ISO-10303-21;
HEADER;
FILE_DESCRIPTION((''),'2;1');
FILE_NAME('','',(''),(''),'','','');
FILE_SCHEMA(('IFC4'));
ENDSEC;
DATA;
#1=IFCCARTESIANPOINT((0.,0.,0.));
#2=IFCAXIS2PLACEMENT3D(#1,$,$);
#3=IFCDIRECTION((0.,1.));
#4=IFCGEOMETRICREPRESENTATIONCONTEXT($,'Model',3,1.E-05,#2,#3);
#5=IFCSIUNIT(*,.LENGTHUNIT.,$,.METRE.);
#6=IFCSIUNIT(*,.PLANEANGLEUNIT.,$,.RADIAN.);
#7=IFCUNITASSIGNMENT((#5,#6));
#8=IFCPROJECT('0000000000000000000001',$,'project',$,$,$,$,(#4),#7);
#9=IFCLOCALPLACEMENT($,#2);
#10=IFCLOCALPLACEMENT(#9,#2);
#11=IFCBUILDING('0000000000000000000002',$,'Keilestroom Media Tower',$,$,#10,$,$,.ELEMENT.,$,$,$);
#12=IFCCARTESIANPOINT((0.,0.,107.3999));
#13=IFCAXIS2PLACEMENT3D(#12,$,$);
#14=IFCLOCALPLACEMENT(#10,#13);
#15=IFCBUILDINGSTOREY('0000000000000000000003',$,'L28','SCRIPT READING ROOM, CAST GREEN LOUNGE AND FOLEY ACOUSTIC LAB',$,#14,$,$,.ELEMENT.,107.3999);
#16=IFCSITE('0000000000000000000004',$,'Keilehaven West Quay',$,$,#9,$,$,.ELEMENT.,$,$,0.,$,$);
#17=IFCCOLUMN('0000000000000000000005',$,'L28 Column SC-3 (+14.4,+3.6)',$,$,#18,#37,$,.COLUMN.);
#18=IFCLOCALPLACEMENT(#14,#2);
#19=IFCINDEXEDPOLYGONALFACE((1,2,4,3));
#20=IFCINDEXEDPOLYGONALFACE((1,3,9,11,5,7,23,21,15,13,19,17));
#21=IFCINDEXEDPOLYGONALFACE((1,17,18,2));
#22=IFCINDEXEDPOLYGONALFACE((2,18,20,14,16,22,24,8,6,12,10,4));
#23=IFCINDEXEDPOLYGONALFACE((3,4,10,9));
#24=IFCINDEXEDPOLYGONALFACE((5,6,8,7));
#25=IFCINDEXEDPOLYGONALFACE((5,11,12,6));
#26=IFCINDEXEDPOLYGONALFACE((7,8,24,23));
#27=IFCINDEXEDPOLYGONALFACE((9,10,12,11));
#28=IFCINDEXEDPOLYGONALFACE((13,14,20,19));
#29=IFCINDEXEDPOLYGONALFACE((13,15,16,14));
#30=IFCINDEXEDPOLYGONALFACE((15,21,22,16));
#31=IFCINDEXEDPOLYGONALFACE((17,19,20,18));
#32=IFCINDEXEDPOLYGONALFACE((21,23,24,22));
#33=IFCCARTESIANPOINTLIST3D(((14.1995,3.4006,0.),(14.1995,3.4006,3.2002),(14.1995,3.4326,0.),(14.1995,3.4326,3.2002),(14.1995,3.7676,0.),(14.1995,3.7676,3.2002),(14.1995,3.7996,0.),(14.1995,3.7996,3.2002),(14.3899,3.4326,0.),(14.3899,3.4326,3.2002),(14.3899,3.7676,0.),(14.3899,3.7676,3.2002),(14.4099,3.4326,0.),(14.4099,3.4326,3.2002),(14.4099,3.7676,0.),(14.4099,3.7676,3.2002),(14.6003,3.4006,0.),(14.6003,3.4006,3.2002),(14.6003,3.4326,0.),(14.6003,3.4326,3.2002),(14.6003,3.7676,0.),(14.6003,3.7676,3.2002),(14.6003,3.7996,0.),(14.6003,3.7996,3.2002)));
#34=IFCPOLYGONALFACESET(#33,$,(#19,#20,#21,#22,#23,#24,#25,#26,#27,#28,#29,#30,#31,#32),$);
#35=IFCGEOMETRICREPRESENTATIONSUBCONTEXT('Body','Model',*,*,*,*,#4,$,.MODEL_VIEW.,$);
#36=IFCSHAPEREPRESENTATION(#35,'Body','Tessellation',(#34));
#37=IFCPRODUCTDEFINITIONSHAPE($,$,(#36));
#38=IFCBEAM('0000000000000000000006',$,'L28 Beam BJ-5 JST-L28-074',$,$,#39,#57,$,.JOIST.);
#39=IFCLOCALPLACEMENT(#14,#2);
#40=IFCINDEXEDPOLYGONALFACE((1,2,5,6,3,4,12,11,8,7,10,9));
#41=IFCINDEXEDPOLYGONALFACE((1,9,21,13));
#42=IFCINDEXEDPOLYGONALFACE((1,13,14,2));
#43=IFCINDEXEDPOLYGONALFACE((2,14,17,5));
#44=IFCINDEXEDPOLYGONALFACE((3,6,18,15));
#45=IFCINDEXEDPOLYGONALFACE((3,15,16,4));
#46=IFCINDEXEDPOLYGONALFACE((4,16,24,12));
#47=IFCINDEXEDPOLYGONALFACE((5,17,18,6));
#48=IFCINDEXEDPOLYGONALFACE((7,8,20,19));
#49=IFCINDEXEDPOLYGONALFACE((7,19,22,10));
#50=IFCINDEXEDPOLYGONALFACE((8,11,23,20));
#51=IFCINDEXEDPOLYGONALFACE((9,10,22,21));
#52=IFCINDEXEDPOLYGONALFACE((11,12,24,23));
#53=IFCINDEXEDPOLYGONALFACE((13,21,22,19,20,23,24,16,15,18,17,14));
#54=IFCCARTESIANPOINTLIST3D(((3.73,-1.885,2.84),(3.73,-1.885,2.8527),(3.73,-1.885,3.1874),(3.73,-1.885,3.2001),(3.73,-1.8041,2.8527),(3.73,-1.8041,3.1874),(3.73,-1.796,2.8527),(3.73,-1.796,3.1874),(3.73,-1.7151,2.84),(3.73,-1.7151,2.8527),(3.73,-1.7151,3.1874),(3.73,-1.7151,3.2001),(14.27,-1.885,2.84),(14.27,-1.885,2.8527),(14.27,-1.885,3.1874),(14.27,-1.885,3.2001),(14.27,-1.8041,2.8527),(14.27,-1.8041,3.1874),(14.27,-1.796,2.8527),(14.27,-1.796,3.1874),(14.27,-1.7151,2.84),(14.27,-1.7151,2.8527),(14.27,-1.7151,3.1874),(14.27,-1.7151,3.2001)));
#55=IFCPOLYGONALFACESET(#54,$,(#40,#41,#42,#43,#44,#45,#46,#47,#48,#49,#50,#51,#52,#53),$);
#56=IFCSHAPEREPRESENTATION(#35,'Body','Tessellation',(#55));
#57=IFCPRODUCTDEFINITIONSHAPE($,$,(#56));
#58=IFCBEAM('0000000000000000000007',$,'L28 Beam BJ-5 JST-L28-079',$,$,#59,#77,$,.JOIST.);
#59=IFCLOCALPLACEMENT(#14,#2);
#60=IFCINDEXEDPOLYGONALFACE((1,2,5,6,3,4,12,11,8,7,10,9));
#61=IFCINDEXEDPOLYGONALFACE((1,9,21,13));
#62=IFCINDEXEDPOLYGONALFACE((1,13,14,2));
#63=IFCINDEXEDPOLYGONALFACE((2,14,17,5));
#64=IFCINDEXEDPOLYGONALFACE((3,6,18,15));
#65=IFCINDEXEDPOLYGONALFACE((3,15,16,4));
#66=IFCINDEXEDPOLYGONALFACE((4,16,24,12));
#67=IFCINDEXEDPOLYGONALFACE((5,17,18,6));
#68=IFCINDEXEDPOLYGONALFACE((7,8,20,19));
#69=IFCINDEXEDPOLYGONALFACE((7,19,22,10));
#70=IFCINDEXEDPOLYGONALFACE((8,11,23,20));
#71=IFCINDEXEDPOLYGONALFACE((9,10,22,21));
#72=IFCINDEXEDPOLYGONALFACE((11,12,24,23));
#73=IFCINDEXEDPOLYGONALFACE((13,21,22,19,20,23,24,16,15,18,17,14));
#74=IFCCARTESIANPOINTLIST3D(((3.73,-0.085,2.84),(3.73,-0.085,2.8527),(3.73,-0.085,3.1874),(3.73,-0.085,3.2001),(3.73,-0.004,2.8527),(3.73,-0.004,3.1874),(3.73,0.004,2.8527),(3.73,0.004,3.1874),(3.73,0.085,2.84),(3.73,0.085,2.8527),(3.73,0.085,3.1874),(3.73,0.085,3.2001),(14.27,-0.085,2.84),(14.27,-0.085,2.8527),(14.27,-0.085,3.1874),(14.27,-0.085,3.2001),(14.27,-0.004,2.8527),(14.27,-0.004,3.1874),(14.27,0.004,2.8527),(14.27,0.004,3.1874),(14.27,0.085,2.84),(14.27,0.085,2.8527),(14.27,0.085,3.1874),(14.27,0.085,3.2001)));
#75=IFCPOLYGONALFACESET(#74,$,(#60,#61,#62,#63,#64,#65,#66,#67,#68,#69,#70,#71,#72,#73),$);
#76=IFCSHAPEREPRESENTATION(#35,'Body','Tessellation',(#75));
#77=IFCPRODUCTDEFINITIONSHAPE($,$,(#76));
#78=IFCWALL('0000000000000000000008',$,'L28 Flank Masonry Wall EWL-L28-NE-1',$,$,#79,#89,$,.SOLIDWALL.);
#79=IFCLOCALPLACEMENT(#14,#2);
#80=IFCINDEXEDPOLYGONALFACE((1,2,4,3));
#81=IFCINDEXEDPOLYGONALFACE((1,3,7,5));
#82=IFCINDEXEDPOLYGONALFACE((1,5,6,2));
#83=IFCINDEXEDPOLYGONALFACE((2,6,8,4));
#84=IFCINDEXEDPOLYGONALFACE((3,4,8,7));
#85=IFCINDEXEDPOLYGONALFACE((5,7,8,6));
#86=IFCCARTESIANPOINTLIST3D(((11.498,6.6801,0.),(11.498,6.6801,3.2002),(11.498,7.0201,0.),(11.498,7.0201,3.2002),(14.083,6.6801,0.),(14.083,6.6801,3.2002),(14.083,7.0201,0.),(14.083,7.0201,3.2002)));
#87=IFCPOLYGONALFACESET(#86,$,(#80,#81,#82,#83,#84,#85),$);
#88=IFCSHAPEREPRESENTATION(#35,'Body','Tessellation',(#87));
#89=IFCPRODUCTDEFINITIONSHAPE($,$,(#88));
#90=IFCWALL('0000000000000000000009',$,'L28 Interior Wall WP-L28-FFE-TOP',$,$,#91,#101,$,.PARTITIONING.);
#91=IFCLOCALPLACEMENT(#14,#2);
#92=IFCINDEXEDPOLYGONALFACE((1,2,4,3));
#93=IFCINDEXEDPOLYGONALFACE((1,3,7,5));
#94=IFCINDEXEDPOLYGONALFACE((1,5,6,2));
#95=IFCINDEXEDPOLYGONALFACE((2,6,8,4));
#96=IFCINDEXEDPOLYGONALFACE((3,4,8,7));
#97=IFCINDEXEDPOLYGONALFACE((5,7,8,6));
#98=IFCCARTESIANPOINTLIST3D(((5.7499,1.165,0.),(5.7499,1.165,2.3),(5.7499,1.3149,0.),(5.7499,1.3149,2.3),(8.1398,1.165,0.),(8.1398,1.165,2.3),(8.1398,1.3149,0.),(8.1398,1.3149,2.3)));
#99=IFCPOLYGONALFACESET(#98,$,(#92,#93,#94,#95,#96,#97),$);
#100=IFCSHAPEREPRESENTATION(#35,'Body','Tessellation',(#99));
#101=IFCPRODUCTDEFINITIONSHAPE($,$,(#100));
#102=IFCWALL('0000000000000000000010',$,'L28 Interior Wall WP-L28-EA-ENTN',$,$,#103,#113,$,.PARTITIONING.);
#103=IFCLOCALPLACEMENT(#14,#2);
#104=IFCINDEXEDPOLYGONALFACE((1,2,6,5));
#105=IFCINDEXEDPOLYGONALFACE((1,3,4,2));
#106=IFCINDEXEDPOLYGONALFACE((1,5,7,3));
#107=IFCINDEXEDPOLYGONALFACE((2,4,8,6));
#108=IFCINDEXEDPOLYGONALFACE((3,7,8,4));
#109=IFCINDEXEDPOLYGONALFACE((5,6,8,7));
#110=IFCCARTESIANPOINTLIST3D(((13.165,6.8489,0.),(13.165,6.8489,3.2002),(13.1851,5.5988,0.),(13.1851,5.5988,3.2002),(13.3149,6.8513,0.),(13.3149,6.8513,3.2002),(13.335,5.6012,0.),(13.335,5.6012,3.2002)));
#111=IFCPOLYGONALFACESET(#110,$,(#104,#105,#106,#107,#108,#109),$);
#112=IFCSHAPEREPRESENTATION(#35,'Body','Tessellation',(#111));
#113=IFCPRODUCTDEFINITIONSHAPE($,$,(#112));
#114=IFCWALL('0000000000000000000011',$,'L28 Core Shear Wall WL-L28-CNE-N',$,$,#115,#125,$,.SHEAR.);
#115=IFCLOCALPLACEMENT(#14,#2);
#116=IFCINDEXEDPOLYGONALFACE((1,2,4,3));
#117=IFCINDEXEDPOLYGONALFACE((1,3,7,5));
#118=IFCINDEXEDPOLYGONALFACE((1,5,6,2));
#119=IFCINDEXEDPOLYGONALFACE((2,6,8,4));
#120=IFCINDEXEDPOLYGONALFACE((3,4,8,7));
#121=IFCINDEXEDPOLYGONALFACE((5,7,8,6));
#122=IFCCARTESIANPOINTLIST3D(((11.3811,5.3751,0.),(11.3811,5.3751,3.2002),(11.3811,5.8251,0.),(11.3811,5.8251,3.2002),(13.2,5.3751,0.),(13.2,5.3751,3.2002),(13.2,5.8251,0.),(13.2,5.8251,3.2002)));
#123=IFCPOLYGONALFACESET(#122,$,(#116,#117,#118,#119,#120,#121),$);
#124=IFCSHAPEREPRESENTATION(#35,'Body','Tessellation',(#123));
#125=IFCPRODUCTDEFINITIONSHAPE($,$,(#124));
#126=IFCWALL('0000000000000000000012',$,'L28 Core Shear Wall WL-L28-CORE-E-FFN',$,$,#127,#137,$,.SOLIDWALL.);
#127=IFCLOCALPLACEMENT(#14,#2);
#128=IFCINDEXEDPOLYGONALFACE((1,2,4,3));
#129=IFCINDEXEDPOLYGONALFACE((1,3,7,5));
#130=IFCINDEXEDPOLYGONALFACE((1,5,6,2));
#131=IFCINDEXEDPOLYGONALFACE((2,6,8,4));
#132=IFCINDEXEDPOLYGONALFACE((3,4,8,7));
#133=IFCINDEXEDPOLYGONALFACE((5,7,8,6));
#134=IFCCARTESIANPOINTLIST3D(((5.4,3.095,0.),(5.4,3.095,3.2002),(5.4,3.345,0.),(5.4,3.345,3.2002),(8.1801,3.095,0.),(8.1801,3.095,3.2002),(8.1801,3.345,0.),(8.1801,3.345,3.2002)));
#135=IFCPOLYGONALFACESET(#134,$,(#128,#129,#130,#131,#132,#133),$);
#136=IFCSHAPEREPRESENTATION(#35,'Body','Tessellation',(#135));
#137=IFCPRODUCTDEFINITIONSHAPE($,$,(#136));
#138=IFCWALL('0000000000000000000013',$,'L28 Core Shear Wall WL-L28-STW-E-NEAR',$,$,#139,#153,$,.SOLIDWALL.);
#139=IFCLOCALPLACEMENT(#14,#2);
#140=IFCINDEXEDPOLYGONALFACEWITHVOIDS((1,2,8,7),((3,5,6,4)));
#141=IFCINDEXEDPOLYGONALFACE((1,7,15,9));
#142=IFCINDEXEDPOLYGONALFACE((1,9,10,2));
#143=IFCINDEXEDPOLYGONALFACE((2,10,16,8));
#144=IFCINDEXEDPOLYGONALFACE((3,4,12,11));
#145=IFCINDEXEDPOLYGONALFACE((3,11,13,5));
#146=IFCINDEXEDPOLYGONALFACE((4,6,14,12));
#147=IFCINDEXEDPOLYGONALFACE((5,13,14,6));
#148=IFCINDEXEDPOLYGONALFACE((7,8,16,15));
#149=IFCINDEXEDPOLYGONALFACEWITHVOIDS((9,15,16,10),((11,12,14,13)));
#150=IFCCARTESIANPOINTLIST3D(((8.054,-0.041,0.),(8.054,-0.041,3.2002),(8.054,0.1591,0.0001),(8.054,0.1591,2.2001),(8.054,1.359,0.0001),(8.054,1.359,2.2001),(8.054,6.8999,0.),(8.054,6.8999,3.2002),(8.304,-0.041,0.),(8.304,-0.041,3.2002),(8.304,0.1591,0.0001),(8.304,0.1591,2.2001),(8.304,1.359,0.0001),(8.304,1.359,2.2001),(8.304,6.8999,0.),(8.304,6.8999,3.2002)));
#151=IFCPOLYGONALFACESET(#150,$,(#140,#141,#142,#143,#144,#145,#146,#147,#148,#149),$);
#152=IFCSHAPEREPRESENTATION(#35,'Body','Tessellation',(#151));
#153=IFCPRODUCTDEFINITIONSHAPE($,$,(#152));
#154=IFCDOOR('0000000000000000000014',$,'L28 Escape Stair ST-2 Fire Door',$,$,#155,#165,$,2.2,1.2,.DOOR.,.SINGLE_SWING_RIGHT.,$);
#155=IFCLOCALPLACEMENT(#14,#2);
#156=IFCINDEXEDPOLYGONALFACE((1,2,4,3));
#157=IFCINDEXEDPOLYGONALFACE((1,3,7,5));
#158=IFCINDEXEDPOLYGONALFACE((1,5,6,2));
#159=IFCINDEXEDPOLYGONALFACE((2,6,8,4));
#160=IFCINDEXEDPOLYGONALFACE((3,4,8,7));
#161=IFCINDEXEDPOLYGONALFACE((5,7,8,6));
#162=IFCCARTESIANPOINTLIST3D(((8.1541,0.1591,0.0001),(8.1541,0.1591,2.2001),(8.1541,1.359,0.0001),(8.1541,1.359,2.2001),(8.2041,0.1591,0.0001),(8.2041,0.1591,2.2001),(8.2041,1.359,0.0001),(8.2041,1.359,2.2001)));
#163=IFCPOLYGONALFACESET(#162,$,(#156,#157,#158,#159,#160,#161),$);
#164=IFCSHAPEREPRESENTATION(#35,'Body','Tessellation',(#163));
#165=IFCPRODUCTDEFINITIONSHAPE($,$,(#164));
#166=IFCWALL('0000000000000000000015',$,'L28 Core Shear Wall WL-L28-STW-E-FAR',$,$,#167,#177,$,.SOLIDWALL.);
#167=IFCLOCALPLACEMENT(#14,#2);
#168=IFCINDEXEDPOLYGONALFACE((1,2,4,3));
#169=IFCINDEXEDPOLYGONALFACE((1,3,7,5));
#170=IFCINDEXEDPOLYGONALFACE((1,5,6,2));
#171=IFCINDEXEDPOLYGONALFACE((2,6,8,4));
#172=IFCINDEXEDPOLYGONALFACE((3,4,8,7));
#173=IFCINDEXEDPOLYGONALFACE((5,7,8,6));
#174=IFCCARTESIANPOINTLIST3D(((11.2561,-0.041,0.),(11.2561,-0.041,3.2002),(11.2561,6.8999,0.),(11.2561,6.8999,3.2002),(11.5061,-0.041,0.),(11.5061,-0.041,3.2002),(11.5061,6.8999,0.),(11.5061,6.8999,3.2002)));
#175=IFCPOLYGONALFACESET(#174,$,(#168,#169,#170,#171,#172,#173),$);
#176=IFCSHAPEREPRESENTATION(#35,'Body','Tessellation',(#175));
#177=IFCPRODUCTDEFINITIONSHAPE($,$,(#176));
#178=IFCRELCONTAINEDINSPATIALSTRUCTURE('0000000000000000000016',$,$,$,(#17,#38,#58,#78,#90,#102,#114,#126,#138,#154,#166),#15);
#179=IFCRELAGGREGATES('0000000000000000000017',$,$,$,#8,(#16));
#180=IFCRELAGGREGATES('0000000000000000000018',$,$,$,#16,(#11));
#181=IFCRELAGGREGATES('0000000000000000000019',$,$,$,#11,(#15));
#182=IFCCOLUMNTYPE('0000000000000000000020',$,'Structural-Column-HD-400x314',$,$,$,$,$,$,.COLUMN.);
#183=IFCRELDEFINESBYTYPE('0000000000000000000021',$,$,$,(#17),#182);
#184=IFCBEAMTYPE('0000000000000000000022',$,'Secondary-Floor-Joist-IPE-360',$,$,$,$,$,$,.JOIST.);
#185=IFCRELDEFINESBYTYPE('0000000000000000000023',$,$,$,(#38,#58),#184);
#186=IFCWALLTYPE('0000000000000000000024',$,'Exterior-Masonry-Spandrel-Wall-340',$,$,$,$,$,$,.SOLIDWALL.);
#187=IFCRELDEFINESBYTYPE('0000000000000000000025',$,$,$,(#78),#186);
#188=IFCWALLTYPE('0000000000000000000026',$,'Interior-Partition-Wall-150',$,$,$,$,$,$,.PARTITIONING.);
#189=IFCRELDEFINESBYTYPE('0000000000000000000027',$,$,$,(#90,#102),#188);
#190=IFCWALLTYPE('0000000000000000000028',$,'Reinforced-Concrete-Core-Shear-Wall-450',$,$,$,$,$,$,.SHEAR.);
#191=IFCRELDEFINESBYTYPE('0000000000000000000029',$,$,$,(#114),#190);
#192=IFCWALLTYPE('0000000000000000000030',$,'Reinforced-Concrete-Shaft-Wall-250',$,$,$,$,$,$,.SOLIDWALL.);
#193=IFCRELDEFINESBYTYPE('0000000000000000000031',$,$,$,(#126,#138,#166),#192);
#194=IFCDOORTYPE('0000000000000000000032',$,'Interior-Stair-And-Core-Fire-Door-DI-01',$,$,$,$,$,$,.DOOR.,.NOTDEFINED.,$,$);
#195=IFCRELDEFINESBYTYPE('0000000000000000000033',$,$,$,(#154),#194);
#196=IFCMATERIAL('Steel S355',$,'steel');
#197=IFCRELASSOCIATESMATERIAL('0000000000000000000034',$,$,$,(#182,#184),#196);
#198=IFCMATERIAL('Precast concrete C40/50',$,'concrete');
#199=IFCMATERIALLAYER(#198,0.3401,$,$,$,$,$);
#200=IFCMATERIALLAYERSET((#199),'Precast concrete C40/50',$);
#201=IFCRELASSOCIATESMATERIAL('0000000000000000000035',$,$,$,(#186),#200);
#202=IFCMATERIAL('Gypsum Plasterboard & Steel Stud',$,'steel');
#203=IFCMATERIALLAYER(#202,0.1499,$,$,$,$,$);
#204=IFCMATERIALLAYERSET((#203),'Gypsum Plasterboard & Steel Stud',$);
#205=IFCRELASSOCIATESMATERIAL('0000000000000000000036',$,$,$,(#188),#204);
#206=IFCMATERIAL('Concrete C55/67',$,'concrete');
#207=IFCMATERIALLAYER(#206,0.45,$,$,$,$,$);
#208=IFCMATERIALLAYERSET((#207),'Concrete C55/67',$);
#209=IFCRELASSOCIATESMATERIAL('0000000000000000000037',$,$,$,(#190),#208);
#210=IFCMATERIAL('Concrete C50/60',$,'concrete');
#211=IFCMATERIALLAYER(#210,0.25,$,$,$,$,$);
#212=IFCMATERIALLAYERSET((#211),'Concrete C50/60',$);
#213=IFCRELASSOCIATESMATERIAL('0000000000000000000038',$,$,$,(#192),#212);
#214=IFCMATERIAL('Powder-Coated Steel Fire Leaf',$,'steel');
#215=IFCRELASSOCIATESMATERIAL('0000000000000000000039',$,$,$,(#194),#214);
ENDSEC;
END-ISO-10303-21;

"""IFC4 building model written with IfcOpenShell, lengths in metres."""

from ifc_helpers import new_model, si_unit, direction, frame, frame_2d, origin, origin_2d, place, context, subcontext, project, spatial, rectangle, i_section, extrude, source, transform, mapped, material, layer, layer_set, material_profile, profile_set, type_object, element, fill, save


model = new_model("IFC4")

# Units and contexts
model_context = context("Model", 3, precision=1e-05, world=origin(), true_north=direction((0.0, 1.0)))
body_context = subcontext(model_context, "Body", "Model", "MODEL_VIEW")
ifc_project = project(units=[si_unit("LENGTHUNIT", "METRE"), si_unit("PLANEANGLEUNIT", "RADIAN")], contexts=[model_context])

# Site, building, storey
site_placement = place(None, origin())
site = spatial("IfcSite", under=ifc_project, at=site_placement, Name="Keilehaven West Quay", CompositionType="ELEMENT", RefElevation=0.0)
building_placement = place(site_placement, origin())
building = spatial("IfcBuilding", under=site, at=building_placement, Name="Keilestroom Media Tower", CompositionType="ELEMENT")
storey_placement = place(building_placement, frame((0.0, 0.0, 107.3999)))
storey = spatial("IfcBuildingStorey", under=building, at=storey_placement, Name="L28", Description="SCRIPT READING ROOM, CAST GREEN LOUNGE AND FOLEY ACOUSTIC LAB", CompositionType="ELEMENT", Elevation=107.3999)

# Column
ifc_material_1 = material(Name="Steel S355", Category="steel")
ifc_material_profile_1 = material_profile(ifc_material_1, i_section(OverallWidth=0.4009, OverallDepth=0.3989, WebThickness=0.02, FlangeThickness=0.032, at=origin_2d()), Name="HD 400x314")
ifc_profile_set_1 = profile_set([ifc_material_profile_1], Name="Steel S355")
column_type = type_object("IfcColumnType", Name="Structural-Column-HD-400x314", PredefinedType="COLUMN", material=ifc_profile_set_1)
shared_shape_1 = source(origin(), body_context, "Body", "SweptSolid", [
    extrude(i_section(OverallWidth=0.4009, OverallDepth=0.3989, WebThickness=0.02, FlangeThickness=0.032, at=origin_2d()), origin(), (0.0, 0.0, 1.0), 3.2002),
])
column_placement = place(storey_placement, frame((14.3999, 3.6001, 0.0), z_axis=(0.0, 0.0, 1.0), x_axis=(1.0, 0.0, 0.0)))
element("IfcColumn", 1, at=column_placement, inside=storey, type_object=column_type, Name="L28 Column SC-3 (+14.4,+3.6)", PredefinedType="COLUMN", context=body_context, shape_type="MappedRepresentation", body=[
    mapped(shared_shape_1, transform((0.0, 0.0, 0.0), x_axis=(1.0, 0.0, 0.0), y_axis=(0.0, 1.0, 0.0), z_axis=(0.0, 0.0, 1.0), scale=1.0)),
])

# Beams
ifc_material_profile_2 = material_profile(ifc_material_1, i_section(OverallWidth=0.1699, OverallDepth=0.3601, WebThickness=0.0081, FlangeThickness=0.0127, at=origin_2d()), Name="IPE 360")
ifc_profile_set_2 = profile_set([ifc_material_profile_2], Name="Steel S355")
beam_type = type_object("IfcBeamType", Name="Secondary-Floor-Joist-IPE-360", PredefinedType="JOIST", material=ifc_profile_set_2)
shared_shape_2 = source(origin(), body_context, "Body", "SweptSolid", [
    extrude(i_section(OverallWidth=0.1699, OverallDepth=0.3601, WebThickness=0.0081, FlangeThickness=0.0127, at=origin_2d()), origin(), (0.0, 0.0, 1.0), 10.54),
])
for number, where, z_axis, x_axis, name in (
    (2, (3.73, -1.8, 3.02), (1.0, 0.0, 0.0), (0.0, 1.0, 0.0), "L28 Beam BJ-5 JST-L28-074"),
    (3, (3.73, 0.0, 3.02), (1.0, 0.0, 0.0), (0.0, 1.0, 0.0), "L28 Beam BJ-5 JST-L28-079"),
):
    element("IfcBeam", number, at=place(storey_placement, frame(where, z_axis=z_axis, x_axis=x_axis)), inside=storey, type_object=beam_type, Name=name, PredefinedType="JOIST", context=body_context, shape_type="MappedRepresentation", body=[
        mapped(shared_shape_2, transform((0.0, 0.0, 0.0), x_axis=(1.0, 0.0, 0.0), y_axis=(0.0, 1.0, 0.0), z_axis=(0.0, 0.0, 1.0), scale=1.0)),
    ])

# Walls
ifc_material_2 = material(Name="Precast concrete C40/50", Category="concrete")
ifc_layer_1 = layer(ifc_material_2, 0.3401)
ifc_layer_set_1 = layer_set([ifc_layer_1], Name="Precast concrete C40/50")
wall_type_1 = type_object("IfcWallType", Name="Exterior-Masonry-Spandrel-Wall-340", PredefinedType="SOLIDWALL", material=ifc_layer_set_1)
wall_1_placement = place(storey_placement, frame((11.498, 6.8501, 0.0), z_axis=(0.0, 0.0, 1.0), x_axis=(1.0, 0.0, 0.0)))
element("IfcWall", 4, at=wall_1_placement, inside=storey, type_object=wall_type_1, Name="L28 Flank Masonry Wall EWL-L28-NE-1", PredefinedType="SOLIDWALL", context=body_context, shape_type="SweptSolid", body=[
    extrude(rectangle(XDim=2.585, YDim=0.3401, at=frame_2d((1.2925, 0.0))), origin(), (0.0, 0.0, 1.0), 3.2002),
])
ifc_material_3 = material(Name="Gypsum Plasterboard & Steel Stud", Category="steel")
ifc_layer_2 = layer(ifc_material_3, 0.1499)
ifc_layer_set_2 = layer_set([ifc_layer_2], Name="Gypsum Plasterboard & Steel Stud")
wall_type_2 = type_object("IfcWallType", Name="Interior-Partition-Wall-150", PredefinedType="PARTITIONING", material=ifc_layer_set_2)
wall_2_placement = place(storey_placement, frame((5.75, 1.24, 0.0), z_axis=(0.0, 0.0, 1.0), x_axis=(1.0, 0.0, 0.0)))
element("IfcWall", 5, at=wall_2_placement, inside=storey, type_object=wall_type_2, Name="L28 Interior Wall WP-L28-FFE-TOP", PredefinedType="PARTITIONING", context=body_context, shape_type="SweptSolid", body=[
    extrude(rectangle(XDim=2.3899, YDim=0.1499, at=frame_2d((1.1948, 0.0))), origin(), (0.0, 0.0, 1.0), 2.3),
])
wall_3_placement = place(storey_placement, frame((13.26, 5.6001, 0.0), z_axis=(0.0, 0.0, 1.0), x_axis=(-0.016014, 0.999872, 0.0)))
element("IfcWall", 6, at=wall_3_placement, inside=storey, type_object=wall_type_2, Name="L28 Interior Wall WP-L28-EA-ENTN", PredefinedType="PARTITIONING", context=body_context, shape_type="SweptSolid", body=[
    extrude(rectangle(XDim=1.2502, YDim=0.1499, at=frame_2d((0.625, 0.0))), origin(), (0.0, 0.0, 1.0), 3.2002),
])
ifc_material_4 = material(Name="Concrete C55/67", Category="concrete")
ifc_layer_3 = layer(ifc_material_4, 0.45)
ifc_layer_set_3 = layer_set([ifc_layer_3], Name="Concrete C55/67")
wall_type_3 = type_object("IfcWallType", Name="Reinforced-Concrete-Core-Shear-Wall-450", PredefinedType="SHEAR", material=ifc_layer_set_3)
wall_4_placement = place(storey_placement, frame((11.3811, 5.6001, 0.0), z_axis=(0.0, 0.0, 1.0), x_axis=(1.0, 0.0, 0.0)))
element("IfcWall", 7, at=wall_4_placement, inside=storey, type_object=wall_type_3, Name="L28 Core Shear Wall WL-L28-CNE-N", PredefinedType="SHEAR", context=body_context, shape_type="SweptSolid", body=[
    extrude(rectangle(XDim=1.8188, YDim=0.45, at=frame_2d((0.9094, 0.0))), origin(), (0.0, 0.0, 1.0), 3.2002),
])
ifc_material_5 = material(Name="Concrete C50/60", Category="concrete")
ifc_layer_4 = layer(ifc_material_5, 0.25)
ifc_layer_set_4 = layer_set([ifc_layer_4], Name="Concrete C50/60")
wall_type_4 = type_object("IfcWallType", Name="Reinforced-Concrete-Shaft-Wall-250", PredefinedType="SOLIDWALL", material=ifc_layer_set_4)
wall_5_placement = place(storey_placement, frame((5.3999, 3.22, 0.0), z_axis=(0.0, 0.0, 1.0), x_axis=(1.0, 0.0, 0.0)))
element("IfcWall", 8, at=wall_5_placement, inside=storey, type_object=wall_type_4, Name="L28 Core Shear Wall WL-L28-CORE-E-FFN", PredefinedType="SOLIDWALL", context=body_context, shape_type="SweptSolid", body=[
    extrude(rectangle(XDim=2.78, YDim=0.25, at=frame_2d((1.3901, 0.0))), origin(), (0.0, 0.0, 1.0), 3.2002),
])

# Wall, opening, door
wall_6_placement = place(storey_placement, frame((8.179, -0.041, 0.0), z_axis=(0.0, 0.0, 1.0), x_axis=(0.0, 1.0, 0.0)))
wall_6 = element("IfcWall", 9, at=wall_6_placement, inside=storey, type_object=wall_type_4, Name="L28 Core Shear Wall WL-L28-STW-E-NEAR", PredefinedType="SOLIDWALL", context=body_context, shape_type="SweptSolid", body=[
    extrude(rectangle(XDim=6.9409, YDim=0.25, at=frame_2d((3.4705, 0.0))), origin(), (0.0, 0.0, 1.0), 3.2002),
])
opening_placement = place(wall_6_placement, frame((0.2, 0.0, 0.0)))
opening = element("IfcOpeningElement", 10, at=opening_placement, cuts=wall_6, PredefinedType="OPENING", context=body_context, shape_type="SweptSolid", body=[
    extrude(rectangle(XDim=1.2, YDim=2.2, at=frame_2d((0.6001, 1.1001))), frame((0.0, 0.135, 0.0), z_axis=(0.0, -1.0, 0.0), x_axis=(1.0, 0.0, 0.0)), (0.0, 0.0, 1.0), 0.27),
])
ifc_material_6 = material(Name="Powder-Coated Steel Fire Leaf", Category="steel")
door_type = type_object("IfcDoorType", Name="Interior-Stair-And-Core-Fire-Door-DI-01", OperationType="NOTDEFINED", PredefinedType="DOOR", material=ifc_material_6)
shared_shape_3 = source(origin(), body_context, "Body", "SweptSolid", [
    extrude(rectangle(XDim=1.2, YDim=2.2, at=frame_2d((0.6001, 1.1001))), frame((0.0, 0.0249, 0.0), z_axis=(0.0, -1.0, 0.0), x_axis=(1.0, 0.0, 0.0)), (0.0, 0.0, 1.0), 0.05),
])
door_placement = place(opening_placement, origin())
door = element("IfcDoor", 11, at=door_placement, inside=storey, type_object=door_type, Name="L28 Escape Stair ST-2 Fire Door", OperationType="SINGLE_SWING_RIGHT", OverallHeight=2.2, OverallWidth=1.2, PredefinedType="DOOR", context=body_context, shape_type="MappedRepresentation", body=[
    mapped(shared_shape_3, transform((0.0, 0.0, 0.0), x_axis=(1.0, 0.0, 0.0), y_axis=(0.0, 1.0, 0.0), z_axis=(0.0, 0.0, 1.0), scale=1.0)),
])
fill(opening, door)

# Wall
wall_7_placement = place(storey_placement, frame((11.3811, -0.041, 0.0), z_axis=(0.0, 0.0, 1.0), x_axis=(0.0, 1.0, 0.0)))
element("IfcWall", 12, at=wall_7_placement, inside=storey, type_object=wall_type_4, Name="L28 Core Shear Wall WL-L28-STW-E-FAR", PredefinedType="SOLIDWALL", context=body_context, shape_type="SweptSolid", body=[
    extrude(rectangle(XDim=6.9409, YDim=0.25, at=frame_2d((3.4705, 0.0))), origin(), (0.0, 0.0, 1.0), 3.2002),
])

save(model, "model.ifc")
